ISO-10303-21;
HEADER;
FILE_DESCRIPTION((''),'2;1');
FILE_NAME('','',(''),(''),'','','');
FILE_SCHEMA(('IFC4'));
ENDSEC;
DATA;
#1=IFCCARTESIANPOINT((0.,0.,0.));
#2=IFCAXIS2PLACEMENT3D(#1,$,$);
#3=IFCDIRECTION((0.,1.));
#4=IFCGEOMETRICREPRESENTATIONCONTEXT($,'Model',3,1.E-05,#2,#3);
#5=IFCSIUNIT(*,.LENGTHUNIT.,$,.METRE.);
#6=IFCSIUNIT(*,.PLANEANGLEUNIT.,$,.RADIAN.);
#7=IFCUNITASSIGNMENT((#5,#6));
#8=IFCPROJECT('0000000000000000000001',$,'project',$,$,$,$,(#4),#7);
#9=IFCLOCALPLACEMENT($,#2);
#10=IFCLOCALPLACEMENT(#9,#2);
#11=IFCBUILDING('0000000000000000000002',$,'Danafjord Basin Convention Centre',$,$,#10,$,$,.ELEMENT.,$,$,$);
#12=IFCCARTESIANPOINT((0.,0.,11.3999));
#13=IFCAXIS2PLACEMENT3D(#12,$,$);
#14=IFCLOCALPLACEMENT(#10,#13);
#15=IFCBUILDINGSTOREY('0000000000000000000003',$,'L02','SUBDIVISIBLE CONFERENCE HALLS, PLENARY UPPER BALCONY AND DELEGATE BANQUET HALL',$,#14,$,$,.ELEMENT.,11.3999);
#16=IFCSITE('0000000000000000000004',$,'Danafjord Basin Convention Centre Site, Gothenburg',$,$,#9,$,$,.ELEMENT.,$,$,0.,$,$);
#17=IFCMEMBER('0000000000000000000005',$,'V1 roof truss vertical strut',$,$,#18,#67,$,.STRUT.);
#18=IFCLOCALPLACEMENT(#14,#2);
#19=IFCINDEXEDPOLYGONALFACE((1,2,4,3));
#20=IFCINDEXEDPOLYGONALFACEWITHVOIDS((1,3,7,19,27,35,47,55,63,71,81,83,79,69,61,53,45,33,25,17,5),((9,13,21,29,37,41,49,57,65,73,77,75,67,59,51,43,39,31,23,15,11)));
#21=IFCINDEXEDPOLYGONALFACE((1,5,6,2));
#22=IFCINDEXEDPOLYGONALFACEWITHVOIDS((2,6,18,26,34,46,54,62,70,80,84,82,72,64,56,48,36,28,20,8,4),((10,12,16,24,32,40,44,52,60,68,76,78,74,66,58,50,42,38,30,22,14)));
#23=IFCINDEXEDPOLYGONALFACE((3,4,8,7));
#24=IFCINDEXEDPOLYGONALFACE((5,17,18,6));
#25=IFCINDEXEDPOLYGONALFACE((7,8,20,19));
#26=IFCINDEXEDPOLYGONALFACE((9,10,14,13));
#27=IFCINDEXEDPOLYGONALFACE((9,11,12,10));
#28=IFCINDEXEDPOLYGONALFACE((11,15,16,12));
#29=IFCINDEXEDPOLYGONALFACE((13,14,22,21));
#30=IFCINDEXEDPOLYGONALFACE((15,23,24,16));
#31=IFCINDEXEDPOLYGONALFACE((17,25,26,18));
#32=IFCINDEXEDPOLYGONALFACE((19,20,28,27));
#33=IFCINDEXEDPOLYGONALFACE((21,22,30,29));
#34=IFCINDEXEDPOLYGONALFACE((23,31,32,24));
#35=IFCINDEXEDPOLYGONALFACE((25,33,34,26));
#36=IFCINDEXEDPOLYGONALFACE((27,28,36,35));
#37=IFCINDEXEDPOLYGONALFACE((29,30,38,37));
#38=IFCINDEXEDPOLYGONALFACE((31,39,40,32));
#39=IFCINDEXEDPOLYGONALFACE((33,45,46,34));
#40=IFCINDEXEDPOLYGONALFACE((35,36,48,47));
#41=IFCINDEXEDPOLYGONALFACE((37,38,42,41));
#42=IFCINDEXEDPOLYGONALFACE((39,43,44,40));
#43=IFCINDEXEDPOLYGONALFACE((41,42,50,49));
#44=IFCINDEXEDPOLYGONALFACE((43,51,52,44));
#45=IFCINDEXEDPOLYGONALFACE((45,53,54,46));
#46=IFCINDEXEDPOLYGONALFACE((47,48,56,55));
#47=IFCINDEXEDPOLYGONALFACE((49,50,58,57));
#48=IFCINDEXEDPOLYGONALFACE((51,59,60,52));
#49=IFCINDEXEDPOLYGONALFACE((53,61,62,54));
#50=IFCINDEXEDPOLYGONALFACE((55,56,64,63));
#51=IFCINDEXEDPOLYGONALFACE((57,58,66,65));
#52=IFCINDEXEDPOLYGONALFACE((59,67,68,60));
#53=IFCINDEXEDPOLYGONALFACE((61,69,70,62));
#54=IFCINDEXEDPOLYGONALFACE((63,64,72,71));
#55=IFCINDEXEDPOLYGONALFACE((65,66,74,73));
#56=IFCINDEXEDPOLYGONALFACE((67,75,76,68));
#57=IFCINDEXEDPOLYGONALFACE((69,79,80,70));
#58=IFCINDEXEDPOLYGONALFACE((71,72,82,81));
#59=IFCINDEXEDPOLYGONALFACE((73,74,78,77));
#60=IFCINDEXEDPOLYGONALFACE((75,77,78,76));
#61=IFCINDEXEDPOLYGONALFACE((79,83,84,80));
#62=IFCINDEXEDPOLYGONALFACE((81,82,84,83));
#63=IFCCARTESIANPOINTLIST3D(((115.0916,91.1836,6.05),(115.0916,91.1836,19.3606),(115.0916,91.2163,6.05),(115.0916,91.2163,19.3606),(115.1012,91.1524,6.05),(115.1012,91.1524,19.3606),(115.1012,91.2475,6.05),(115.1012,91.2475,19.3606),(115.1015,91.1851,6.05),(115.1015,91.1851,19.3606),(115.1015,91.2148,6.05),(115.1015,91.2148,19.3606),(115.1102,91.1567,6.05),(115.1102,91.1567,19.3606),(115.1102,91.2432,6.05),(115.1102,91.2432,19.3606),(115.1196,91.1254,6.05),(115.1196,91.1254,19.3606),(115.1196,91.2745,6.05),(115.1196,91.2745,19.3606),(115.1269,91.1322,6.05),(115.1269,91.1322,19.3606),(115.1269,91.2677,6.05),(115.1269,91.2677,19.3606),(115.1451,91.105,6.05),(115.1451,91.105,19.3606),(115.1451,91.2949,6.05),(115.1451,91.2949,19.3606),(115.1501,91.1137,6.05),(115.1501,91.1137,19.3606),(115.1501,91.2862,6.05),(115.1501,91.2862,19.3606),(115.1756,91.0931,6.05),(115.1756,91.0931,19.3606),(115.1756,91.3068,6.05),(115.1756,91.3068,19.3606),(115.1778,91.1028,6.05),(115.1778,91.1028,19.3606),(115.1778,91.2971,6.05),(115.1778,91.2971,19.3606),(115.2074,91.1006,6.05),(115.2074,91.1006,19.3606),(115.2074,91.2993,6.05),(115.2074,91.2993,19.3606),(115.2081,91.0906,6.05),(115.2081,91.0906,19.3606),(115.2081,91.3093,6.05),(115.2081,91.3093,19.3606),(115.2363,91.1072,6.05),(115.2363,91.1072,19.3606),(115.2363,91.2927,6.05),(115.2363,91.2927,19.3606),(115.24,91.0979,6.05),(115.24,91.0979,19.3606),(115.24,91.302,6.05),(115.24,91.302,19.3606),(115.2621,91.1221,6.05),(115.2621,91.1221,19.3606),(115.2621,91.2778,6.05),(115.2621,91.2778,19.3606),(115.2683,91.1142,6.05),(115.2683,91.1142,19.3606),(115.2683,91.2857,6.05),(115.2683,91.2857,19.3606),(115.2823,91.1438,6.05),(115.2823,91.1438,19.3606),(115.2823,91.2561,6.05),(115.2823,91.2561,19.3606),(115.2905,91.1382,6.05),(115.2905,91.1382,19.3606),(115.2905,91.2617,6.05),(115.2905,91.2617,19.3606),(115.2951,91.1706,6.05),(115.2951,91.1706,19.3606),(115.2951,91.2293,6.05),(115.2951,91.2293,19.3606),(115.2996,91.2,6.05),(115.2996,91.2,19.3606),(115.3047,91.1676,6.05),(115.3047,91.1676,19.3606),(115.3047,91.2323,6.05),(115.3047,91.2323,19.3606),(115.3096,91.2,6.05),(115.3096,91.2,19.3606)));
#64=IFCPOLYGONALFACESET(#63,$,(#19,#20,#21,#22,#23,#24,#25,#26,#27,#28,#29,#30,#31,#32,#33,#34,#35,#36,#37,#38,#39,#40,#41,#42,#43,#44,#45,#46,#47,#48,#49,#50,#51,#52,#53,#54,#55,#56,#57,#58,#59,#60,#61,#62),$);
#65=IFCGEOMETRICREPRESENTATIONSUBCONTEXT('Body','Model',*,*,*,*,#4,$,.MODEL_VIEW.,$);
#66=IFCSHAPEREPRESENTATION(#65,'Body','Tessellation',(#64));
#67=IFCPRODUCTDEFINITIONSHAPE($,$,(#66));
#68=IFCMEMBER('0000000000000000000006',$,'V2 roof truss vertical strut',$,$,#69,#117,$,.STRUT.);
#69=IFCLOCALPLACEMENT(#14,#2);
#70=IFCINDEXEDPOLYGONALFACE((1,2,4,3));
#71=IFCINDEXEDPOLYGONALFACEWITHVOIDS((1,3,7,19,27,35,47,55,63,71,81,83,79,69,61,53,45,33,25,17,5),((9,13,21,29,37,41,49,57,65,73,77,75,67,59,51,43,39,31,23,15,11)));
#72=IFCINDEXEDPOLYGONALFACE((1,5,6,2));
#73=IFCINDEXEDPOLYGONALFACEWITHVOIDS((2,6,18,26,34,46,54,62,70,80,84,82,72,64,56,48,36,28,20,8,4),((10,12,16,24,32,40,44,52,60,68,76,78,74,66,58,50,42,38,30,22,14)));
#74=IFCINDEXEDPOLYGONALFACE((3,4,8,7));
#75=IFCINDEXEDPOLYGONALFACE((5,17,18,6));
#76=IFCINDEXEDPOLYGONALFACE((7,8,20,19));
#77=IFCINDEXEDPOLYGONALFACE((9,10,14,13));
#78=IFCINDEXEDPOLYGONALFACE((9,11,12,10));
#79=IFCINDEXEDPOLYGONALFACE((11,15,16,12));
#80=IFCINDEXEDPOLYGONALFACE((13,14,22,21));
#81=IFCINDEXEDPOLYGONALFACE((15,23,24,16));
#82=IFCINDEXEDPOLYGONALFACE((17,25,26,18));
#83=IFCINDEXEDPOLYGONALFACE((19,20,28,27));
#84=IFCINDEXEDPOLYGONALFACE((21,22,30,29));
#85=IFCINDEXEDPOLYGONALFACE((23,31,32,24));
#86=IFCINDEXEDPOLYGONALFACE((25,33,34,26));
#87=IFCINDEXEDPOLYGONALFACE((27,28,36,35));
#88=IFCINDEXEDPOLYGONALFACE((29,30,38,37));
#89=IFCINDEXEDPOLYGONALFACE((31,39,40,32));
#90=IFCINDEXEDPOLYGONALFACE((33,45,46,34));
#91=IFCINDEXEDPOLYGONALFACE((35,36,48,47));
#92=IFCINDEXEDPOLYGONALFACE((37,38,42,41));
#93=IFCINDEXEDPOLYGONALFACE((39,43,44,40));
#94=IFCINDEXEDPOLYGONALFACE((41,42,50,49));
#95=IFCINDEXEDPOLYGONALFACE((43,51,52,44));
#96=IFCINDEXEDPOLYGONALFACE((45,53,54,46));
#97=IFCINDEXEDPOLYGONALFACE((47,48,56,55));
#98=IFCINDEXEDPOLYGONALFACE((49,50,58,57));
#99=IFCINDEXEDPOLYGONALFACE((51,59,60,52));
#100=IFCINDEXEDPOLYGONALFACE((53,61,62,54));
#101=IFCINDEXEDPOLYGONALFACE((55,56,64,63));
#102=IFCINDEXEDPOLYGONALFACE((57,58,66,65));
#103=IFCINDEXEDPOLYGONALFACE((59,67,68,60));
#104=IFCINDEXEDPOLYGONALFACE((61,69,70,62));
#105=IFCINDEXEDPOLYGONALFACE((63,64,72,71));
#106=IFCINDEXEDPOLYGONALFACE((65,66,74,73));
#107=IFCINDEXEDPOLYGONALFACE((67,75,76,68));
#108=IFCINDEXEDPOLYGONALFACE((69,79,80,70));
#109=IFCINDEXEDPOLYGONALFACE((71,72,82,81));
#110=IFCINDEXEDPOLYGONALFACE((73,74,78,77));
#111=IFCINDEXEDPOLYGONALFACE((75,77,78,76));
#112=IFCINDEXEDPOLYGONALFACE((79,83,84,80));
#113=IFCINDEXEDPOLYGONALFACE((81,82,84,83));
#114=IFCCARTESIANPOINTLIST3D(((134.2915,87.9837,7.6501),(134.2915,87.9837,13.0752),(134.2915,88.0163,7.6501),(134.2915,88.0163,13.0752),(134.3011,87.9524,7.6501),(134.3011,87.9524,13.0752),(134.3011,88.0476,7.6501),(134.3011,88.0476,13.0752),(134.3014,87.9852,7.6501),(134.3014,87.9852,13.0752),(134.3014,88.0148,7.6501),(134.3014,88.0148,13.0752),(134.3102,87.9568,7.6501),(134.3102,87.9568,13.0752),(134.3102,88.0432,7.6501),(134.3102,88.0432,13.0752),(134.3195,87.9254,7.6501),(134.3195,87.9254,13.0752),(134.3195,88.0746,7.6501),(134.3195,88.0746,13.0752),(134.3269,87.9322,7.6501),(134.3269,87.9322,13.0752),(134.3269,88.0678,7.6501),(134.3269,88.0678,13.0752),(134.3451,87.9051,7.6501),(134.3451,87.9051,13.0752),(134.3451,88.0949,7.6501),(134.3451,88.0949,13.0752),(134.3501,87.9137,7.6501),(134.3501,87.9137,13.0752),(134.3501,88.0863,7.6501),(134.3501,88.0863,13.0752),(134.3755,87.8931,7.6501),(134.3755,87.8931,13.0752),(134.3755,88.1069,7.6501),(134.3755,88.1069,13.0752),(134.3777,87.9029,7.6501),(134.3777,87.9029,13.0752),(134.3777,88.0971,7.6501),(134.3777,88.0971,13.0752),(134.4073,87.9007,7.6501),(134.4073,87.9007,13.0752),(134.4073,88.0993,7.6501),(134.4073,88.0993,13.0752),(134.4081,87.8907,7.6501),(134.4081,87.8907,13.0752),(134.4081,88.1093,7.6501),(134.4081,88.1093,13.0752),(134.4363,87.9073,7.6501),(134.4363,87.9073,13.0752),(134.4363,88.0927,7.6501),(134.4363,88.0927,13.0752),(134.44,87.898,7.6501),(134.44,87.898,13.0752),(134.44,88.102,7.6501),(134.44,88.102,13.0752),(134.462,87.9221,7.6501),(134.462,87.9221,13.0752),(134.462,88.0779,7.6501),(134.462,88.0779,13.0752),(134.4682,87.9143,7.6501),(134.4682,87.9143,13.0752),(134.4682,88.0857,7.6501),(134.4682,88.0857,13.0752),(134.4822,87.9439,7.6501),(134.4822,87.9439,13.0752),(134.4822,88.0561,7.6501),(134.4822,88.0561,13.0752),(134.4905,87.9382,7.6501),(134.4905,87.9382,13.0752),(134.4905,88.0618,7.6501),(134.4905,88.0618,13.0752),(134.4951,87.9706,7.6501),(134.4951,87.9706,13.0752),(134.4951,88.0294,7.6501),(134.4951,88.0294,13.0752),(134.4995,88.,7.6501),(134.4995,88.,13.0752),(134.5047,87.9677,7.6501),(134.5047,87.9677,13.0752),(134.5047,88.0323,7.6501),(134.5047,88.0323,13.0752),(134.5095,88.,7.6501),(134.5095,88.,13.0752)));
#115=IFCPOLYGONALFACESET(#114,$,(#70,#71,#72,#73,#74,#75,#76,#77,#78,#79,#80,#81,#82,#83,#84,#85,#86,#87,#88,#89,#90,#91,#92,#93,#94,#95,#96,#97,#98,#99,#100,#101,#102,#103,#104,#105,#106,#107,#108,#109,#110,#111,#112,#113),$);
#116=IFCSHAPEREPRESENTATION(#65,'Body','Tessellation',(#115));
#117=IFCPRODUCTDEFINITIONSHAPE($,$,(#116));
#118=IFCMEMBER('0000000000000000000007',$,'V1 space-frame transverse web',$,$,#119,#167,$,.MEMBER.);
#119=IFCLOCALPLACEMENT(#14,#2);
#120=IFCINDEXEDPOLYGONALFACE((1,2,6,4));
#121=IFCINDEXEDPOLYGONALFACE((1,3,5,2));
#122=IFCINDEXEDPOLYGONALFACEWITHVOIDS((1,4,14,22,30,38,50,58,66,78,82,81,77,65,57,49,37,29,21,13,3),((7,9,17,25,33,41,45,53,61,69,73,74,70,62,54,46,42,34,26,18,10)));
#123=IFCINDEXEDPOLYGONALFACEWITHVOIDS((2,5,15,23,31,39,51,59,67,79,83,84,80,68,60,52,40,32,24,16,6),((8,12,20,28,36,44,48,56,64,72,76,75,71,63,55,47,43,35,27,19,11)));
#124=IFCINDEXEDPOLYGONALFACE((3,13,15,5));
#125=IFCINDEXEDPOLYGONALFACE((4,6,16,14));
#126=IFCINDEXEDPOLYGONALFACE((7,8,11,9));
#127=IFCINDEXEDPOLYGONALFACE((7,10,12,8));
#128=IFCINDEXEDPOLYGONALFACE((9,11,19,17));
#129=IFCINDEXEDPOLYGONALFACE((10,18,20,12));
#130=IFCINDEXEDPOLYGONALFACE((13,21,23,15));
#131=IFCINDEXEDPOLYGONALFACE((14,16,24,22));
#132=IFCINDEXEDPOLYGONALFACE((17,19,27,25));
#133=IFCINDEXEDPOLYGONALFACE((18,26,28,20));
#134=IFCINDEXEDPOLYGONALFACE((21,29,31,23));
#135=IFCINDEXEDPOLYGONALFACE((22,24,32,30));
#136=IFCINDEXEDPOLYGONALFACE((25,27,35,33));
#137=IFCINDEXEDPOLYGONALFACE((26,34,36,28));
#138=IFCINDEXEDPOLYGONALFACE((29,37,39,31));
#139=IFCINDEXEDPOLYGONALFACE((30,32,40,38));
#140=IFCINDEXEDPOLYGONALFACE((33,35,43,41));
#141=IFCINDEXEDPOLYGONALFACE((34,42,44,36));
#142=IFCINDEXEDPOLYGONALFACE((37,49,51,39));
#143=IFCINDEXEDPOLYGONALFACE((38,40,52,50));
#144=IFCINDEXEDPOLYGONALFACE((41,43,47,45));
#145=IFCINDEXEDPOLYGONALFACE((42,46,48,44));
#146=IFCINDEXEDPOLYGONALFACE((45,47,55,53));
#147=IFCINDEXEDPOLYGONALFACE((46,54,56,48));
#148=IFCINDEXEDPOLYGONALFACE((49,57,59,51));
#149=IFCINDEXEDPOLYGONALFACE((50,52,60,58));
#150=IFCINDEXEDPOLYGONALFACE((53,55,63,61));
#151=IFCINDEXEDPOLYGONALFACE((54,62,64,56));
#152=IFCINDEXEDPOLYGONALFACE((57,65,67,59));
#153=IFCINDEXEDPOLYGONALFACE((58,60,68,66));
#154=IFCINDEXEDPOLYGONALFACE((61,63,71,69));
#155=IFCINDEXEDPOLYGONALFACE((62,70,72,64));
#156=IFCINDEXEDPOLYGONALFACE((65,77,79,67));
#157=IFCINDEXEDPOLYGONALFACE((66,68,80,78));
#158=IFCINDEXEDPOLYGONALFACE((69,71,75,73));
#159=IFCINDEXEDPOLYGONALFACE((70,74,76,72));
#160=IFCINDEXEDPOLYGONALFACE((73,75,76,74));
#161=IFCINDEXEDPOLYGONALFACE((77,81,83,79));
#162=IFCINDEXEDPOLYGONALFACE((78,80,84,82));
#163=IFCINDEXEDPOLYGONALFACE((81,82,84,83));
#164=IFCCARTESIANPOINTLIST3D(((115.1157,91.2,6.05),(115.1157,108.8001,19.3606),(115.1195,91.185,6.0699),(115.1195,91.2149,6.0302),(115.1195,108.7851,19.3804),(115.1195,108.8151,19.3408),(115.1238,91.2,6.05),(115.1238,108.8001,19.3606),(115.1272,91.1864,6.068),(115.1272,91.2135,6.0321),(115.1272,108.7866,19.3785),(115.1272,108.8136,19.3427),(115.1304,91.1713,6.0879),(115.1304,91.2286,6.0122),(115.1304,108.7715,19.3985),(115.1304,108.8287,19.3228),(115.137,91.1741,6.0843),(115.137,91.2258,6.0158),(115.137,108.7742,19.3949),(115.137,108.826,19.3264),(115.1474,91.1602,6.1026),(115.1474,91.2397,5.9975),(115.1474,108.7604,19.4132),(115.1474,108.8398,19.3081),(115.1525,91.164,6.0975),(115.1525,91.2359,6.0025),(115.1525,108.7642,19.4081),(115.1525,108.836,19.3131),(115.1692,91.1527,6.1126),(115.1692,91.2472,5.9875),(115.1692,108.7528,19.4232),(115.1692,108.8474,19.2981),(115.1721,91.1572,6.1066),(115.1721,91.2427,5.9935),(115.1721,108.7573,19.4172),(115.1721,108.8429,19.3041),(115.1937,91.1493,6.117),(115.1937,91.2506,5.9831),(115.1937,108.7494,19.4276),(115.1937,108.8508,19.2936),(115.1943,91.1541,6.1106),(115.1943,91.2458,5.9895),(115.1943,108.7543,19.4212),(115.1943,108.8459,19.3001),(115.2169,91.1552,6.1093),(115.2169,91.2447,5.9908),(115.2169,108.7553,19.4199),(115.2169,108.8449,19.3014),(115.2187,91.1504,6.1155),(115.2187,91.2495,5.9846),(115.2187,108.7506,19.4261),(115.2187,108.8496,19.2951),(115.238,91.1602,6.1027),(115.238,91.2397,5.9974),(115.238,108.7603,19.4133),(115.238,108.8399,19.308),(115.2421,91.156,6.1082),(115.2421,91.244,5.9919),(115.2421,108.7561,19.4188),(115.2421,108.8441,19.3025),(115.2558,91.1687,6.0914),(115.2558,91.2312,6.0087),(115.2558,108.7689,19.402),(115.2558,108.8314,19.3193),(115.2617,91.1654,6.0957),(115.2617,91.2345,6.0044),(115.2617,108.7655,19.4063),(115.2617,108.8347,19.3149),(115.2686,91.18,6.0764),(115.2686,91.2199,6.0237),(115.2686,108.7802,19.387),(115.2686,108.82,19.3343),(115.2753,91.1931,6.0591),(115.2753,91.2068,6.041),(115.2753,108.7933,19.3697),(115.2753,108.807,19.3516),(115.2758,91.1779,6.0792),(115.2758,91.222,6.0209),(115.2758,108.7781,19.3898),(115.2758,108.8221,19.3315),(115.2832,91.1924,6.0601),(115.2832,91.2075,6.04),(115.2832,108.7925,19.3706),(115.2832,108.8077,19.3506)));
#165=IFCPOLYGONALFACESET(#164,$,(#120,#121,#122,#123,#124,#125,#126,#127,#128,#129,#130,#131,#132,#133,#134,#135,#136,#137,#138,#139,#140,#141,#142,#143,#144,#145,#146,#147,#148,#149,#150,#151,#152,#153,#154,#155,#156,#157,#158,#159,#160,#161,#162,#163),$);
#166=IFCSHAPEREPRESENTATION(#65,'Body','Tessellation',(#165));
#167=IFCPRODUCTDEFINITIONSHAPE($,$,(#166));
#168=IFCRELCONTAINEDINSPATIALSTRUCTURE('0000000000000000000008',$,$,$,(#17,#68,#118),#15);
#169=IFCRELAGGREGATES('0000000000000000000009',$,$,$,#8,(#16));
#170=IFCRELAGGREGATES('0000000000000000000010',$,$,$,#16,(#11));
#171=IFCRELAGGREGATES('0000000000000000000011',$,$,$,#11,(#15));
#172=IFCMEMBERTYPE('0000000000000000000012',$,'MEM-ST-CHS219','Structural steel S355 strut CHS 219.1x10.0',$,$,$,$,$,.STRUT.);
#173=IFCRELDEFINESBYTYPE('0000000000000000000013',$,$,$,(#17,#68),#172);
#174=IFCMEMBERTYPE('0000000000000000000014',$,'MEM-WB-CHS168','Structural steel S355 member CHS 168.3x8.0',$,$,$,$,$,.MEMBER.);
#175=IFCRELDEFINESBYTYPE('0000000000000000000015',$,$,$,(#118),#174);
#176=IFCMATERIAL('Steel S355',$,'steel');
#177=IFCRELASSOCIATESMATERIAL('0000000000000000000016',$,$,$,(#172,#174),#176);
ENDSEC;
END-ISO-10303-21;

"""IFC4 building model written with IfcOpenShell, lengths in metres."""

from ifc_helpers import new_model, si_unit, direction, frame, origin, origin_2d, place, context, subcontext, project, spatial, hollow_circle, extrude, material, material_profile, profile_set, type_object, element, save


model = new_model("IFC4")

# Units and contexts
model_context = context("Model", 3, precision=1e-05, world=origin(), true_north=direction((0.0, 1.0)))
body_context = subcontext(model_context, "Body", "Model", "MODEL_VIEW")
ifc_project = project(units=[si_unit("LENGTHUNIT", "METRE"), si_unit("PLANEANGLEUNIT", "RADIAN")], contexts=[model_context])

# Site, building, storey
site_placement = place(None, origin())
site = spatial("IfcSite", under=ifc_project, at=site_placement, Name="Danafjord Basin Convention Centre Site, Gothenburg", CompositionType="ELEMENT", RefElevation=0.0)
building_placement = place(site_placement, origin())
building = spatial("IfcBuilding", under=site, at=building_placement, Name="Danafjord Basin Convention Centre", CompositionType="ELEMENT")
storey_placement = place(building_placement, frame((0.0, 0.0, 11.3999)))
storey = spatial("IfcBuildingStorey", under=building, at=storey_placement, Name="L02", Description="SUBDIVISIBLE CONFERENCE HALLS, PLENARY UPPER BALCONY AND DELEGATE BANQUET HALL", CompositionType="ELEMENT", Elevation=11.3999)

# Shared definitions
ifc_material_1 = material(Name="Steel S355", Category="steel")

# Members
ifc_material_profile_1 = material_profile(ifc_material_1, hollow_circle(Radius=0.1096, WallThickness=0.01, at=origin_2d()), Name="CHS 219.1x10.0")
ifc_profile_set_1 = profile_set([ifc_material_profile_1], Name="Steel S355")
member_type_1 = type_object("IfcMemberType", Name="MEM-ST-CHS219", Description="Structural steel S355 strut CHS 219.1x10.0", PredefinedType="STRUT", material=ifc_profile_set_1)
member_1_placement = place(storey_placement, frame((115.2, 91.2, 6.05), z_axis=(0.0, 0.0, 1.0), x_axis=(1.0, 0.0, 0.0)))
element("IfcMember", 1, at=member_1_placement, inside=storey, type_object=member_type_1, Name="V1 roof truss vertical strut", PredefinedType="STRUT", context=body_context, shape_type="SweptSolid", body=[
    extrude(hollow_circle(Radius=0.1096, WallThickness=0.01, at=origin_2d()), origin(), (0.0, 0.0, 1.0), 13.3105),
])
member_2_placement = place(storey_placement, frame((134.3999, 88.0, 7.6501), z_axis=(0.0, 0.0, 1.0), x_axis=(1.0, 0.0, 0.0)))
element("IfcMember", 2, at=member_2_placement, inside=storey, type_object=member_type_1, Name="V2 roof truss vertical strut", PredefinedType="STRUT", context=body_context, shape_type="SweptSolid", body=[
    extrude(hollow_circle(Radius=0.1096, WallThickness=0.01, at=origin_2d()), origin(), (0.0, 0.0, 1.0), 5.425),
])
ifc_material_profile_2 = material_profile(ifc_material_1, hollow_circle(Radius=0.0842, WallThickness=0.0081, at=origin_2d()), Name="CHS 168.3x8.0")
ifc_profile_set_2 = profile_set([ifc_material_profile_2], Name="Steel S355")
member_type_2 = type_object("IfcMemberType", Name="MEM-WB-CHS168", Description="Structural steel S355 member CHS 168.3x8.0", PredefinedType="MEMBER", material=ifc_profile_set_2)
member_3_placement = place(storey_placement, frame((115.2, 91.2, 6.05), z_axis=(0.0, 0.797591, 0.603199), x_axis=(-1.0, 0.0, 0.0)))
element("IfcMember", 3, at=member_3_placement, inside=storey, type_object=member_type_2, Name="V1 space-frame transverse web", PredefinedType="MEMBER", context=body_context, shape_type="SweptSolid", body=[
    extrude(hollow_circle(Radius=0.0842, WallThickness=0.0081, at=origin_2d()), origin(), (0.0, 0.0, 1.0), 22.0667),
])

save(model, "model.ifc")
